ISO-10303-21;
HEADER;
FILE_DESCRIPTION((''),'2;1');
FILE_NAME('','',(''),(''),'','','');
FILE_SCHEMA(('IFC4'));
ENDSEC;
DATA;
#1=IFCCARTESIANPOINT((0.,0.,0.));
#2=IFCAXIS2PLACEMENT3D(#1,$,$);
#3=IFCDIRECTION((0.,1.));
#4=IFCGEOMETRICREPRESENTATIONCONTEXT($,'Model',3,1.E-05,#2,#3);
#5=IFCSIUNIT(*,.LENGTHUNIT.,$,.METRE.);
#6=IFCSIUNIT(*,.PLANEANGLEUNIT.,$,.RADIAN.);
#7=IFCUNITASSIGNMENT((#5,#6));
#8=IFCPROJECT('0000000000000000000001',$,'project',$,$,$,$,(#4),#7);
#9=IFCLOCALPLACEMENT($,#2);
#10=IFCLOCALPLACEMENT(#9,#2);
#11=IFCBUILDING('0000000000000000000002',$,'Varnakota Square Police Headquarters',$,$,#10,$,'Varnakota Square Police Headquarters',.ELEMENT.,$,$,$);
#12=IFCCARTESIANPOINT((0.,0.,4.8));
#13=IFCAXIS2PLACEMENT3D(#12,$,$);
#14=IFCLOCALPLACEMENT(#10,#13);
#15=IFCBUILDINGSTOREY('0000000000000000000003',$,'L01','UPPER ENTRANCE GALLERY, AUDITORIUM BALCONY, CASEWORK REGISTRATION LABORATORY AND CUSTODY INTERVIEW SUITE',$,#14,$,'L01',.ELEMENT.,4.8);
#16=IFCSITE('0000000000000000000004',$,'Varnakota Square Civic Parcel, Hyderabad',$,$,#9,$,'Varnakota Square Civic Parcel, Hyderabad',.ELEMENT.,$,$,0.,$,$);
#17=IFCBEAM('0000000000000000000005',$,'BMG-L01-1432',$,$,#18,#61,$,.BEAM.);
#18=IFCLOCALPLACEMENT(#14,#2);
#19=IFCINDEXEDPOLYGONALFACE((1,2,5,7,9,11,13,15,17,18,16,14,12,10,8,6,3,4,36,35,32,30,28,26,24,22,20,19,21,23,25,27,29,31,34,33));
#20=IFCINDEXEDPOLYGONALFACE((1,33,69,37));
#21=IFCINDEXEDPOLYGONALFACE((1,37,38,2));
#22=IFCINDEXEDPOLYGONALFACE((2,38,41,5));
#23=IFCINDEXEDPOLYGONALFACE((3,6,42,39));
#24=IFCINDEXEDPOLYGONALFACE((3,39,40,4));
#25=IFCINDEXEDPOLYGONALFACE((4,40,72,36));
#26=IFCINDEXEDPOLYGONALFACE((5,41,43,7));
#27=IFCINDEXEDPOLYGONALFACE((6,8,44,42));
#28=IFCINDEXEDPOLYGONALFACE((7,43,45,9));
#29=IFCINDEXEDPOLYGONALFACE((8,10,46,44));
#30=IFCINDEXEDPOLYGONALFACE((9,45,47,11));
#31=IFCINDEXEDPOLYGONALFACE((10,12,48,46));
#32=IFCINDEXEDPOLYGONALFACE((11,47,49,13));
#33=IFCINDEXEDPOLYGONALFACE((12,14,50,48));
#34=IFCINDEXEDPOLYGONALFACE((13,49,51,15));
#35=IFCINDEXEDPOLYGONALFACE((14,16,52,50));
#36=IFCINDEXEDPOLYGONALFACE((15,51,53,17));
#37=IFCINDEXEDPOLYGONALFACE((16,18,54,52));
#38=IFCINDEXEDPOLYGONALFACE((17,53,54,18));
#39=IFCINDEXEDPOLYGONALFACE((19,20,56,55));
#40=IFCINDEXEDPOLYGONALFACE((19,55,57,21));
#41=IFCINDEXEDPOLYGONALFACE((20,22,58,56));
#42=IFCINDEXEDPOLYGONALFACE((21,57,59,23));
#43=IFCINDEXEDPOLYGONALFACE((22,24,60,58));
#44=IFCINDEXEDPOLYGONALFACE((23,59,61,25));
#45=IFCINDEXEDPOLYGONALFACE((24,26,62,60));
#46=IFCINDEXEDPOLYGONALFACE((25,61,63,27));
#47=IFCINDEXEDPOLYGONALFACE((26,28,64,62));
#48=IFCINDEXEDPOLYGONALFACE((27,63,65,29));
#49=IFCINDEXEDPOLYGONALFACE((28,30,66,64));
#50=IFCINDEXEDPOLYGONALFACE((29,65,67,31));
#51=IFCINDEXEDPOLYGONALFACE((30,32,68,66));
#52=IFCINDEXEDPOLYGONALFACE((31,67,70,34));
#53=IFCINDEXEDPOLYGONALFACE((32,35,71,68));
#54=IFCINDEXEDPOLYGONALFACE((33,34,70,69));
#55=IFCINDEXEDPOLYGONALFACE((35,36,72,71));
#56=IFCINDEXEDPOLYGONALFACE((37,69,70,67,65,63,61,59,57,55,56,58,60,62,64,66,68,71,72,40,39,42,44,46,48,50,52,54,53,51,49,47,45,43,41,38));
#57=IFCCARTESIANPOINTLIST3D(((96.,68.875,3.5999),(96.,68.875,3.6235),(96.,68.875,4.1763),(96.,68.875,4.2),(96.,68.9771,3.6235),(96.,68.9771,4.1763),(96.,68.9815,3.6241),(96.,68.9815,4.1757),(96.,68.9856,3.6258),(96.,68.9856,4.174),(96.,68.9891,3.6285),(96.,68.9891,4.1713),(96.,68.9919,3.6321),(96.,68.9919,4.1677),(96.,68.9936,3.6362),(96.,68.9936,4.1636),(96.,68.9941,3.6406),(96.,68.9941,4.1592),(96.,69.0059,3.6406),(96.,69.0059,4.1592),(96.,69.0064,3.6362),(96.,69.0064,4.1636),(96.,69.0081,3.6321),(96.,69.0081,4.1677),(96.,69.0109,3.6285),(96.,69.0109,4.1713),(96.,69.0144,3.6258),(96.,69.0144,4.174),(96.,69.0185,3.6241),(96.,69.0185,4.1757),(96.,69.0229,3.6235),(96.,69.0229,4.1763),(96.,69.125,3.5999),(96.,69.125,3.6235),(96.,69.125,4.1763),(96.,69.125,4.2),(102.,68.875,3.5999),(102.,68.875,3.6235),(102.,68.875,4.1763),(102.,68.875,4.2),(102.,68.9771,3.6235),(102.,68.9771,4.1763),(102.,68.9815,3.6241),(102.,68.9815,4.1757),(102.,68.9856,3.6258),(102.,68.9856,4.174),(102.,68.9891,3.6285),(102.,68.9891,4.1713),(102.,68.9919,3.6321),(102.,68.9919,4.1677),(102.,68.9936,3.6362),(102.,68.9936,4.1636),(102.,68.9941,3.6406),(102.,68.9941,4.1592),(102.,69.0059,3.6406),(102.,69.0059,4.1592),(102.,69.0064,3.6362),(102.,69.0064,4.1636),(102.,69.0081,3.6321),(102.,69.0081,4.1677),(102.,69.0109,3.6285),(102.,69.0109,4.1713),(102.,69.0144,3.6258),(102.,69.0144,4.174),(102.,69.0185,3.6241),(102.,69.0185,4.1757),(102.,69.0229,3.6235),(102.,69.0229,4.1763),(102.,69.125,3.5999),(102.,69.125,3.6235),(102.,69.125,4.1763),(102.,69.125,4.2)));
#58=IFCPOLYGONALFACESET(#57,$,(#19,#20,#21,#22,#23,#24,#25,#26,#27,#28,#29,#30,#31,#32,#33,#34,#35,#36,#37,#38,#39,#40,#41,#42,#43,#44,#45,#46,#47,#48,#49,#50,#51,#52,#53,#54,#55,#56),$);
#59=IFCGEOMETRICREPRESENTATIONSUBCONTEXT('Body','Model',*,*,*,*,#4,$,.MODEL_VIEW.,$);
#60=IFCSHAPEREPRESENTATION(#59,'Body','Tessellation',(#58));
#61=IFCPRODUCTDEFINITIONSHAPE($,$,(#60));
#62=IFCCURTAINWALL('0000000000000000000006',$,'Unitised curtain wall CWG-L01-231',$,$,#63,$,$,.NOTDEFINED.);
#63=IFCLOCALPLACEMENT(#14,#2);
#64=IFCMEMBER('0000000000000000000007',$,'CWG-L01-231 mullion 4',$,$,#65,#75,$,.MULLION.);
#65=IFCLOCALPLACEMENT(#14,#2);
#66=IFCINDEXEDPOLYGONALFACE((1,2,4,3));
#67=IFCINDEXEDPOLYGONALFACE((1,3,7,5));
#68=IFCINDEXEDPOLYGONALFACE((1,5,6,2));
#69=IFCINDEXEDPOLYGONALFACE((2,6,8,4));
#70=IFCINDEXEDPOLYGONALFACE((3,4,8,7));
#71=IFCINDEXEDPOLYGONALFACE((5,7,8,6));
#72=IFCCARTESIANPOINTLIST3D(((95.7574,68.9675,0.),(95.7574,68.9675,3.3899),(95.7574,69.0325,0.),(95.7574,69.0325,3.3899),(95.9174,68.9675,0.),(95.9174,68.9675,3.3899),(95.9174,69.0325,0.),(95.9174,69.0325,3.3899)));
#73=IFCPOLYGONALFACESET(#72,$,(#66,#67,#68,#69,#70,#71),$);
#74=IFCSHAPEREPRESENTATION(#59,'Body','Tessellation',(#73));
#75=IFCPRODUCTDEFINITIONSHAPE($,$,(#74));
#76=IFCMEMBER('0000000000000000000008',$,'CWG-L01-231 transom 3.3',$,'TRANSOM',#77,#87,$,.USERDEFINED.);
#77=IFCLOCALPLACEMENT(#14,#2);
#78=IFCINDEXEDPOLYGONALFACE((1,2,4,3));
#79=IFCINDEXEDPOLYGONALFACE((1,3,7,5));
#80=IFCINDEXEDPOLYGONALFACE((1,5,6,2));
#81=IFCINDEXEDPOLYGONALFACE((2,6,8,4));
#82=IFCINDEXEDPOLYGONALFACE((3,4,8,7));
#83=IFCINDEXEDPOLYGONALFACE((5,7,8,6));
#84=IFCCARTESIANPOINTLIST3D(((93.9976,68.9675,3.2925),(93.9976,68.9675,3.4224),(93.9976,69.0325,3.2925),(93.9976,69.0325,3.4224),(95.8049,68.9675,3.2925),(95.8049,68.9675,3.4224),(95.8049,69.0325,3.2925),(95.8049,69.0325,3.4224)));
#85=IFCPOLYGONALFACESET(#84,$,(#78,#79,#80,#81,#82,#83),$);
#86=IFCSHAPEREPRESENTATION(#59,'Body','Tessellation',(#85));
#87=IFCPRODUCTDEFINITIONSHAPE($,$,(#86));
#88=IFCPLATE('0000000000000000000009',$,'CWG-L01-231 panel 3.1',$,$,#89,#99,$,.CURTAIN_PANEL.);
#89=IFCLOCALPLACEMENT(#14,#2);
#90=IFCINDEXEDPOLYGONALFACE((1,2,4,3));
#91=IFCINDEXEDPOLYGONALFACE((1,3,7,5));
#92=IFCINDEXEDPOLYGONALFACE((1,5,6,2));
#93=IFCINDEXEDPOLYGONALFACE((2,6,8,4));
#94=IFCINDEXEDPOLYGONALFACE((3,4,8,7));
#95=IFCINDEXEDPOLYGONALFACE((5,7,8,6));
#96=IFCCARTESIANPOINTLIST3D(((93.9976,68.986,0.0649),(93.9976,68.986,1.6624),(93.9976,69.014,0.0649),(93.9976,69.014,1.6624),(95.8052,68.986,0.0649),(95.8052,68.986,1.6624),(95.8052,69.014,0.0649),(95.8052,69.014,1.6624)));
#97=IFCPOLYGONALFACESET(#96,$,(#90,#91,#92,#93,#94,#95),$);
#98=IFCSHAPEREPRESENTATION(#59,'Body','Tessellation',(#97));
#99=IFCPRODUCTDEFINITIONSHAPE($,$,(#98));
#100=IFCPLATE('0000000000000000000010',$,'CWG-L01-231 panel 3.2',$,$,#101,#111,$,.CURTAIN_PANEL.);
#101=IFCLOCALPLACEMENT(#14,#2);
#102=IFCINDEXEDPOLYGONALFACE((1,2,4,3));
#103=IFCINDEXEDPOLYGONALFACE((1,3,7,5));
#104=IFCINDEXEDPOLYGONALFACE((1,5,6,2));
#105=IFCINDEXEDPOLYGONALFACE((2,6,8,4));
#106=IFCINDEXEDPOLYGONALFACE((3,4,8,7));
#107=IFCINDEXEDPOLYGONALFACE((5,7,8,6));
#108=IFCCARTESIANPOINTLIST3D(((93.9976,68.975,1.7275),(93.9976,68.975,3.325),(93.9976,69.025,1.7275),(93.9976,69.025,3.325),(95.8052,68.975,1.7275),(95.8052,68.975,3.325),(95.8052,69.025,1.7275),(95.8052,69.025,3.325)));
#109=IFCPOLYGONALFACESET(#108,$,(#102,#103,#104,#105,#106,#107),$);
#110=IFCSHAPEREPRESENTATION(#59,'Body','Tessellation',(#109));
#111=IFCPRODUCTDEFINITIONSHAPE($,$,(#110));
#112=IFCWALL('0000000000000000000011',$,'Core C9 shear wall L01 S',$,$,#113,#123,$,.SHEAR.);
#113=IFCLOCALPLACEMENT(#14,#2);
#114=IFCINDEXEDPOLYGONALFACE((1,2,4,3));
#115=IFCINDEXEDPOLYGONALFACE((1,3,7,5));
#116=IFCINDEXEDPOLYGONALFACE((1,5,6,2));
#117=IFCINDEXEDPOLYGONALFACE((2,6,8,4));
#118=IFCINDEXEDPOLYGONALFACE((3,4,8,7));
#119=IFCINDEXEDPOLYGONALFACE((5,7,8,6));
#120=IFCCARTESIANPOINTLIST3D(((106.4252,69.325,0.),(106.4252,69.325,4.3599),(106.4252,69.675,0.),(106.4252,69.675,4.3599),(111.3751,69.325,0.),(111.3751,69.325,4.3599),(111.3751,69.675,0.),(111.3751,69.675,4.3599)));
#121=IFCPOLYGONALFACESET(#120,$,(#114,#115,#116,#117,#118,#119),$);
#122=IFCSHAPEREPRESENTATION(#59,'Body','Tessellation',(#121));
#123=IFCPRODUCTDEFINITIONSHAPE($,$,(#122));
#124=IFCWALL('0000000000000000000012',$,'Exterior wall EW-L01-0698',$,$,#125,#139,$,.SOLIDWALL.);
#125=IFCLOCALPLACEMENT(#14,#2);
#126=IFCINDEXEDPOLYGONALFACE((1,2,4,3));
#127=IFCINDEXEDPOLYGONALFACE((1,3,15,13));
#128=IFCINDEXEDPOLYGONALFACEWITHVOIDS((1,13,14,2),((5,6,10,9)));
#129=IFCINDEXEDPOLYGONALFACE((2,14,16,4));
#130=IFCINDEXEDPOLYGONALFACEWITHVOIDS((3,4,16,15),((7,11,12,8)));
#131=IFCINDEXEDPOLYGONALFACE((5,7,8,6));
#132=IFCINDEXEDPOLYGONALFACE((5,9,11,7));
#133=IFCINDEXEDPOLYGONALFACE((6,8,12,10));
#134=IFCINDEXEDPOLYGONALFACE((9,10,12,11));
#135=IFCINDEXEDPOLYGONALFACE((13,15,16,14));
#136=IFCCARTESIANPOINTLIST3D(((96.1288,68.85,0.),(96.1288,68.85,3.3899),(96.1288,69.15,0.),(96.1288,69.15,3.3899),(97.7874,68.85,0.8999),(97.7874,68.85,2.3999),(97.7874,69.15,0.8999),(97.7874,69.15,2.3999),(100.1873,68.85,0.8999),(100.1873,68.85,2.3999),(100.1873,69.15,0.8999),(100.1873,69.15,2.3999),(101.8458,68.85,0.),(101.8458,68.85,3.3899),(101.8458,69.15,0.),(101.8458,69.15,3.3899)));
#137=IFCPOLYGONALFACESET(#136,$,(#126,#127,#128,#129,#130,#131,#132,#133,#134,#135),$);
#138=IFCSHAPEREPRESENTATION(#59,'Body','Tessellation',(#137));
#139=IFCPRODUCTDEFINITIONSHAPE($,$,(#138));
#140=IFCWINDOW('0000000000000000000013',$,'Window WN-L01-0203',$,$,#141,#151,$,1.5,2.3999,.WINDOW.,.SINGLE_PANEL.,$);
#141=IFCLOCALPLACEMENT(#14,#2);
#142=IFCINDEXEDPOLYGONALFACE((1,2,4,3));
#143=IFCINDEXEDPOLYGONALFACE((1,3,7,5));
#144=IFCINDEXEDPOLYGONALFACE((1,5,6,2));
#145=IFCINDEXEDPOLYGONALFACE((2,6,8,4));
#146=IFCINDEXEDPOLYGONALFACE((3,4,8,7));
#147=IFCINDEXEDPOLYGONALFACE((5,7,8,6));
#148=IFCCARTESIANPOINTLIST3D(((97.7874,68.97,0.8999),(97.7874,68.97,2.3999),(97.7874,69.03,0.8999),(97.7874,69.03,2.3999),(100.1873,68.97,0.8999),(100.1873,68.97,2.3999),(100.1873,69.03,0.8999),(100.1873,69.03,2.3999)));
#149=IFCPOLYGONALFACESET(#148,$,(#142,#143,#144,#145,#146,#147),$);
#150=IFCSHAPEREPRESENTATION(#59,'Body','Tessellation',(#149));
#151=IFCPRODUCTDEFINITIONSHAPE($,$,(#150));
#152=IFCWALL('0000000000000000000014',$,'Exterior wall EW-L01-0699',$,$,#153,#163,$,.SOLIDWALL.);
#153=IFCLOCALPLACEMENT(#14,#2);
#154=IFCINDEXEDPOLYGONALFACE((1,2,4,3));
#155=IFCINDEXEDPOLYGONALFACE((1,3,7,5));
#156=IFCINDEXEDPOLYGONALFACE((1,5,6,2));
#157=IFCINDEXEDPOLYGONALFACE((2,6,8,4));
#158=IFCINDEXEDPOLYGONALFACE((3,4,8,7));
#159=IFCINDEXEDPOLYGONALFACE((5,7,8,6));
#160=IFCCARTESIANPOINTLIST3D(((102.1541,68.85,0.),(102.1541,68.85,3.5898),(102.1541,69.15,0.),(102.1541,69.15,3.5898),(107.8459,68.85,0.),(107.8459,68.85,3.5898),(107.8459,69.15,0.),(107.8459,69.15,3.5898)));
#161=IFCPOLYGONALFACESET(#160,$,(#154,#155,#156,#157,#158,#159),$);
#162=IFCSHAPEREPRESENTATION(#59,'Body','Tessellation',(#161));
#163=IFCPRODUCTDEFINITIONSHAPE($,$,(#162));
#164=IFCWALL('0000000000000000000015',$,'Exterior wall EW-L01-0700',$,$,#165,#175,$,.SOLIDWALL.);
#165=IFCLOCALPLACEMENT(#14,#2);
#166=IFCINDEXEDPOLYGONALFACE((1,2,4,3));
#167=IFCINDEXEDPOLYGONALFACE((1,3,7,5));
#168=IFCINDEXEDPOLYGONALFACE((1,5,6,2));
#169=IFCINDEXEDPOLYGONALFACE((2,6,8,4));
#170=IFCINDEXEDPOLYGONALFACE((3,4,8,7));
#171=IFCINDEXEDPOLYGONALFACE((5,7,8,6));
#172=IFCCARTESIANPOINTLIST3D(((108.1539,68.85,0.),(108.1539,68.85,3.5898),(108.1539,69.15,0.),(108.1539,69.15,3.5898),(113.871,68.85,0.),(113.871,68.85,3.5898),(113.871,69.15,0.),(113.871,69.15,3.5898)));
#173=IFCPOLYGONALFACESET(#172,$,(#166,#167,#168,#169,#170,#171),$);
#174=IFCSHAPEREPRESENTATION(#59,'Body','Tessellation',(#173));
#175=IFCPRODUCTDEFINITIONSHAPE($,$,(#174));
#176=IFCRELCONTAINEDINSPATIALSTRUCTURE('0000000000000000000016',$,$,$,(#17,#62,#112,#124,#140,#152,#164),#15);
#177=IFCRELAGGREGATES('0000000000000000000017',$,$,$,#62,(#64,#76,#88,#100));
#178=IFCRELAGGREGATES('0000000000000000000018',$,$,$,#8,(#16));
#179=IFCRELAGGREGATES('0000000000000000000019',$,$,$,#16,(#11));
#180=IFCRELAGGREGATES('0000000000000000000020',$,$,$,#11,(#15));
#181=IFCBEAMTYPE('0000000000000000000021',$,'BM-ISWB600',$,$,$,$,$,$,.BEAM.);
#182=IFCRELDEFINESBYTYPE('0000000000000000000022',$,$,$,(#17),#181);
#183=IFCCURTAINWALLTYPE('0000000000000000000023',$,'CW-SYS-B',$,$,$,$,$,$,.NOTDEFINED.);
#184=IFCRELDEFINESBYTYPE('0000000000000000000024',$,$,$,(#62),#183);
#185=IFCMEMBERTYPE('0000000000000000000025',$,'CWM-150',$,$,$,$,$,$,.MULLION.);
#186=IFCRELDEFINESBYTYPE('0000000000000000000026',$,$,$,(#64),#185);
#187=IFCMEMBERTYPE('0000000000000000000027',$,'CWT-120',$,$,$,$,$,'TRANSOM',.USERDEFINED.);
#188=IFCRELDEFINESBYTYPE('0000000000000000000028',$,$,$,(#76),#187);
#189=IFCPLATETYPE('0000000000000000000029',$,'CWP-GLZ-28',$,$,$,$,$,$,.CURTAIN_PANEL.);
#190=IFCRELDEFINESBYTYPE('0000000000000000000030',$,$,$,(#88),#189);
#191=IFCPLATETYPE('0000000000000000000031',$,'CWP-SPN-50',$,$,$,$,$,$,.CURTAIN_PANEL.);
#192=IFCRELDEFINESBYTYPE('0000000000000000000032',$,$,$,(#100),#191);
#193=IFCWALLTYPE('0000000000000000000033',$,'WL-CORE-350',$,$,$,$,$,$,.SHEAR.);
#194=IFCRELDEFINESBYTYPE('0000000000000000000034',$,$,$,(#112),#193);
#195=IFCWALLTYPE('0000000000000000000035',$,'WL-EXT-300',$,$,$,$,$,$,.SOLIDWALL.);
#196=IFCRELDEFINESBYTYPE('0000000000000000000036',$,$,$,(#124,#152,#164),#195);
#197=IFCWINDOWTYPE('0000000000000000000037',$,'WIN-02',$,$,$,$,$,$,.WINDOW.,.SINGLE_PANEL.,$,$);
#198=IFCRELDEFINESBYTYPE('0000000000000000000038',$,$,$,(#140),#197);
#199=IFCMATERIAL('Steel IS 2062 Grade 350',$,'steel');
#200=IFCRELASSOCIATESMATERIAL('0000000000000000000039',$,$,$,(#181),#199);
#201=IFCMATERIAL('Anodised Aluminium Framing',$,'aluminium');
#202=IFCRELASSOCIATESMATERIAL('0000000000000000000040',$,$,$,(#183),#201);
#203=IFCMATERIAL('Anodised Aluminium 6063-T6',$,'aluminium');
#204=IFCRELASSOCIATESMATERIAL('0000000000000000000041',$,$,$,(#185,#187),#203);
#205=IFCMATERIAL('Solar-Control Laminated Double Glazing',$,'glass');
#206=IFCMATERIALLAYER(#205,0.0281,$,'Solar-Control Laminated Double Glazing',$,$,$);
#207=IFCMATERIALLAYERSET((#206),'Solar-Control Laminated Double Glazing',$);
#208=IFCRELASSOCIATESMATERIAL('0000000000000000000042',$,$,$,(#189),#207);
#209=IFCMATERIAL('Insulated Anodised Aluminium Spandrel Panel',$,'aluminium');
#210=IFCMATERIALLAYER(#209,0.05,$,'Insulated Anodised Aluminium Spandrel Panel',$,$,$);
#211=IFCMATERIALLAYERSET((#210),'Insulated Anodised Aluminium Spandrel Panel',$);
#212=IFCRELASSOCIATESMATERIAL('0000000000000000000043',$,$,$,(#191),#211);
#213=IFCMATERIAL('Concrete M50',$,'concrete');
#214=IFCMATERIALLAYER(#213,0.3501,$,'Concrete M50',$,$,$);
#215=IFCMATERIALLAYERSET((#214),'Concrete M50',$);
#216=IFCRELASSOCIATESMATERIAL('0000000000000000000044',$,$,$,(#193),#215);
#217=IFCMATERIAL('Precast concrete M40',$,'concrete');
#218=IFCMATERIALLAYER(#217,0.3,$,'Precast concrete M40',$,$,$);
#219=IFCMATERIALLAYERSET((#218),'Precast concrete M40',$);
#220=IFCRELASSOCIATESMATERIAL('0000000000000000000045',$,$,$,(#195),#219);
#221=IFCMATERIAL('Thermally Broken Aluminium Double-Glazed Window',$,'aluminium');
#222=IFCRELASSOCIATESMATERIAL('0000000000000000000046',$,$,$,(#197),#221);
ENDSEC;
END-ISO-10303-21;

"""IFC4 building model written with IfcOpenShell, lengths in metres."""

from ifc_helpers import new_model, si_unit, direction, frame, frame_2d, origin, origin_2d, place, context, subcontext, project, spatial, rectangle, i_section, extrude, material, layer, layer_set, material_profile, profile_set, type_object, element, fill, aggregate, save


model = new_model("IFC4")

# Units and contexts
model_context = context("Model", 3, precision=1e-05, world=origin(), true_north=direction((0.0, 1.0)))
body_context = subcontext(model_context, "Body", "Model", "MODEL_VIEW")
ifc_project = project(units=[si_unit("LENGTHUNIT", "METRE"), si_unit("PLANEANGLEUNIT", "RADIAN")], contexts=[model_context])

# Site, building, storey
site_placement = place(None, origin())
site = spatial("IfcSite", under=ifc_project, at=site_placement, Name="Varnakota Square Civic Parcel, Hyderabad", LongName="Varnakota Square Civic Parcel, Hyderabad", CompositionType="ELEMENT", RefElevation=0.0)
building_placement = place(site_placement, origin())
building = spatial("IfcBuilding", under=site, at=building_placement, Name="Varnakota Square Police Headquarters", LongName="Varnakota Square Police Headquarters", CompositionType="ELEMENT")
storey_placement = place(building_placement, frame((0.0, 0.0, 4.8)))
storey = spatial("IfcBuildingStorey", under=building, at=storey_placement, Name="L01", Description="UPPER ENTRANCE GALLERY, AUDITORIUM BALCONY, CASEWORK REGISTRATION LABORATORY AND CUSTODY INTERVIEW SUITE", LongName="L01", CompositionType="ELEMENT", Elevation=4.8)

# Shared definitions
ifc_material_1 = material(Name="Steel IS 2062 Grade 350", Category="steel")

# Beam
ifc_material_profile_1 = material_profile(ifc_material_1, i_section(OverallWidth=0.25, OverallDepth=0.6001, WebThickness=0.0117, FlangeThickness=0.0237, FilletRadius=0.0171, at=origin_2d()), Name="ISWB 600")
ifc_profile_set_1 = profile_set([ifc_material_profile_1], Name="Steel IS 2062 Grade 350")
beam_type_1 = type_object("IfcBeamType", Name="BM-ISWB600", PredefinedType="BEAM", material=ifc_profile_set_1)
beam_1_placement = place(storey_placement, frame((96.0, 69.0, 3.8999), z_axis=(1.0, 0.0, 0.0), x_axis=(0.0, 1.0, 0.0)))
element("IfcBeam", 1, at=beam_1_placement, inside=storey, type_object=beam_type_1, Name="BMG-L01-1432", PredefinedType="BEAM", context=body_context, shape_type="SweptSolid", body=[
    extrude(i_section(OverallWidth=0.25, OverallDepth=0.6001, WebThickness=0.0117, FlangeThickness=0.0237, FilletRadius=0.0171, at=origin_2d()), origin(), (0.0, 0.0, 1.0), 6.0),
])

# Curtain wall, members, plates
ifc_material_2 = material(Name="Anodised Aluminium Framing", Category="aluminium")
curtain_wall_type = type_object("IfcCurtainWallType", Name="CW-SYS-B", PredefinedType="NOTDEFINED", material=ifc_material_2)
curtain_wall_placement = place(storey_placement, origin())
curtain_wall = element("IfcCurtainWall", 2, at=curtain_wall_placement, inside=storey, type_object=curtain_wall_type, Name="Unitised curtain wall CWG-L01-231", PredefinedType="NOTDEFINED")
ifc_material_3 = material(Name="Anodised Aluminium 6063-T6", Category="aluminium")
ifc_material_profile_2 = material_profile(ifc_material_3, rectangle(XDim=0.0649, YDim=0.1599, at=origin_2d()), Name="ALU MULLION 65x160")
ifc_profile_set_2 = profile_set([ifc_material_profile_2], Name="Anodised Aluminium 6063-T6")
member_type_1 = type_object("IfcMemberType", Name="CWM-150", PredefinedType="MULLION", material=ifc_profile_set_2)
member_1_placement = place(storey_placement, frame((95.8374, 69.0, 0.0), z_axis=(0.0, 0.0, 1.0), x_axis=(0.0, 1.0, 0.0)))
member_1 = element("IfcMember", 3, at=member_1_placement, type_object=member_type_1, Name="CWG-L01-231 mullion 4", PredefinedType="MULLION", context=body_context, shape_type="SweptSolid", body=[
    extrude(rectangle(XDim=0.0649, YDim=0.1599, at=origin_2d()), origin(), (0.0, 0.0, 1.0), 3.3899),
])
ifc_material_profile_3 = material_profile(ifc_material_3, rectangle(XDim=0.0649, YDim=0.1299, at=origin_2d()), Name="ALU TRANSOM 65x130")
ifc_profile_set_3 = profile_set([ifc_material_profile_3], Name="Anodised Aluminium 6063-T6")
member_type_2 = type_object("IfcMemberType", Name="CWT-120", ElementType="TRANSOM", PredefinedType="USERDEFINED", material=ifc_profile_set_3)
member_2_placement = place(storey_placement, frame((93.9976, 69.0, 3.3574), z_axis=(1.0, 0.0, 0.0), x_axis=(0.0, 1.0, 0.0)))
member_2 = element("IfcMember", 4, at=member_2_placement, type_object=member_type_2, Name="CWG-L01-231 transom 3.3", ObjectType="TRANSOM", PredefinedType="USERDEFINED", context=body_context, shape_type="SweptSolid", body=[
    extrude(rectangle(XDim=0.0649, YDim=0.1299, at=origin_2d()), origin(), (0.0, 0.0, 1.0), 1.8074),
])
ifc_material_4 = material(Name="Solar-Control Laminated Double Glazing", Category="glass")
ifc_layer_1 = layer(ifc_material_4, 0.0281, Name="Solar-Control Laminated Double Glazing")
ifc_layer_set_1 = layer_set([ifc_layer_1], Name="Solar-Control Laminated Double Glazing")
plate_type_1 = type_object("IfcPlateType", Name="CWP-GLZ-28", PredefinedType="CURTAIN_PANEL", material=ifc_layer_set_1)
plate_1_placement = place(storey_placement, frame((94.9014, 69.0, 0.0649), z_axis=(0.0, 0.0, 1.0), x_axis=(1.0, 0.0, 0.0)))
plate_1 = element("IfcPlate", 5, at=plate_1_placement, type_object=plate_type_1, Name="CWG-L01-231 panel 3.1", PredefinedType="CURTAIN_PANEL", context=body_context, shape_type="SweptSolid", body=[
    extrude(rectangle(XDim=1.8076, YDim=0.0281, at=origin_2d()), origin(), (0.0, 0.0, 1.0), 1.5974),
])
ifc_material_5 = material(Name="Insulated Anodised Aluminium Spandrel Panel", Category="aluminium")
ifc_layer_2 = layer(ifc_material_5, 0.05, Name="Insulated Anodised Aluminium Spandrel Panel")
ifc_layer_set_2 = layer_set([ifc_layer_2], Name="Insulated Anodised Aluminium Spandrel Panel")
plate_type_2 = type_object("IfcPlateType", Name="CWP-SPN-50", PredefinedType="CURTAIN_PANEL", material=ifc_layer_set_2)
plate_2_placement = place(storey_placement, frame((94.9014, 69.0, 1.7275), z_axis=(0.0, 0.0, 1.0), x_axis=(1.0, 0.0, 0.0)))
plate_2 = element("IfcPlate", 6, at=plate_2_placement, type_object=plate_type_2, Name="CWG-L01-231 panel 3.2", PredefinedType="CURTAIN_PANEL", context=body_context, shape_type="SweptSolid", body=[
    extrude(rectangle(XDim=1.8076, YDim=0.05, at=origin_2d()), origin(), (0.0, 0.0, 1.0), 1.5974),
])
aggregate(curtain_wall, [member_1, member_2, plate_1, plate_2])

# Wall
ifc_material_6 = material(Name="Concrete M50", Category="concrete")
ifc_layer_3 = layer(ifc_material_6, 0.3501, Name="Concrete M50")
ifc_layer_set_3 = layer_set([ifc_layer_3], Name="Concrete M50")
wall_type_1 = type_object("IfcWallType", Name="WL-CORE-350", PredefinedType="SHEAR", material=ifc_layer_set_3)
wall_1_placement = place(storey_placement, frame((106.425, 69.5, 0.0), z_axis=(0.0, 0.0, 1.0), x_axis=(1.0, 0.0, 0.0)))
element("IfcWall", 7, at=wall_1_placement, inside=storey, type_object=wall_type_1, Name="Core C9 shear wall L01 S", PredefinedType="SHEAR", context=body_context, shape_type="SweptSolid", body=[
    extrude(rectangle(XDim=4.95, YDim=0.3501, at=frame_2d((2.4751, 0.0))), origin(), (0.0, 0.0, 1.0), 4.3599),
])

# Wall, opening, window
ifc_material_7 = material(Name="Precast concrete M40", Category="concrete")
ifc_layer_4 = layer(ifc_material_7, 0.3, Name="Precast concrete M40")
ifc_layer_set_4 = layer_set([ifc_layer_4], Name="Precast concrete M40")
wall_type_2 = type_object("IfcWallType", Name="WL-EXT-300", PredefinedType="SOLIDWALL", material=ifc_layer_set_4)
wall_2_placement = place(storey_placement, frame((96.1289, 69.0, 0.0), z_axis=(0.0, 0.0, 1.0), x_axis=(1.0, 0.0, 0.0)))
wall_2 = element("IfcWall", 8, at=wall_2_placement, inside=storey, type_object=wall_type_2, Name="Exterior wall EW-L01-0698", PredefinedType="SOLIDWALL", context=body_context, shape_type="SweptSolid", body=[
    extrude(rectangle(XDim=5.717, YDim=0.3, at=frame_2d((2.8584, 0.0))), origin(), (0.0, 0.0, 1.0), 3.3899),
])
opening_placement = place(wall_2_placement, frame((1.6584, 0.0, 0.8999)))
opening = element("IfcOpeningElement", 9, at=opening_placement, cuts=wall_2, PredefinedType="OPENING", context=body_context, shape_type="SweptSolid", body=[
    extrude(rectangle(XDim=2.3999, YDim=1.5, at=frame_2d((1.2, 0.75))), frame((0.0, 0.1599, 0.0), z_axis=(0.0, -1.0, 0.0), x_axis=(1.0, 0.0, 0.0)), (0.0, 0.0, 1.0), 0.3201),
])
ifc_material_8 = material(Name="Thermally Broken Aluminium Double-Glazed Window", Category="aluminium")
window_type = type_object("IfcWindowType", Name="WIN-02", PartitioningType="SINGLE_PANEL", PredefinedType="WINDOW", material=ifc_material_8)
window_placement = place(opening_placement, origin())
window = element("IfcWindow", 10, at=window_placement, inside=storey, type_object=window_type, Name="Window WN-L01-0203", OverallHeight=1.5, OverallWidth=2.3999, PartitioningType="SINGLE_PANEL", PredefinedType="WINDOW", context=body_context, shape_type="SweptSolid", body=[
    extrude(rectangle(XDim=2.3999, YDim=1.5, at=frame_2d((1.2, 0.75))), frame((0.0, 0.03, 0.0), z_axis=(0.0, -1.0, 0.0), x_axis=(1.0, 0.0, 0.0)), (0.0, 0.0, 1.0), 0.0601),
])
fill(opening, window)

# Walls
wall_3_placement = place(storey_placement, frame((102.1541, 69.0, 0.0), z_axis=(0.0, 0.0, 1.0), x_axis=(1.0, 0.0, 0.0)))
element("IfcWall", 11, at=wall_3_placement, inside=storey, type_object=wall_type_2, Name="Exterior wall EW-L01-0699", PredefinedType="SOLIDWALL", context=body_context, shape_type="SweptSolid", body=[
    extrude(rectangle(XDim=5.6919, YDim=0.3, at=frame_2d((2.8459, 0.0))), origin(), (0.0, 0.0, 1.0), 3.5898),
])
wall_4_placement = place(storey_placement, frame((108.1541, 69.0, 0.0), z_axis=(0.0, 0.0, 1.0), x_axis=(1.0, 0.0, 0.0)))
element("IfcWall", 12, at=wall_4_placement, inside=storey, type_object=wall_type_2, Name="Exterior wall EW-L01-0700", PredefinedType="SOLIDWALL", context=body_context, shape_type="SweptSolid", body=[
    extrude(rectangle(XDim=5.717, YDim=0.3, at=frame_2d((2.8584, 0.0))), origin(), (0.0, 0.0, 1.0), 3.5898),
])

save(model, "model.ifc")
